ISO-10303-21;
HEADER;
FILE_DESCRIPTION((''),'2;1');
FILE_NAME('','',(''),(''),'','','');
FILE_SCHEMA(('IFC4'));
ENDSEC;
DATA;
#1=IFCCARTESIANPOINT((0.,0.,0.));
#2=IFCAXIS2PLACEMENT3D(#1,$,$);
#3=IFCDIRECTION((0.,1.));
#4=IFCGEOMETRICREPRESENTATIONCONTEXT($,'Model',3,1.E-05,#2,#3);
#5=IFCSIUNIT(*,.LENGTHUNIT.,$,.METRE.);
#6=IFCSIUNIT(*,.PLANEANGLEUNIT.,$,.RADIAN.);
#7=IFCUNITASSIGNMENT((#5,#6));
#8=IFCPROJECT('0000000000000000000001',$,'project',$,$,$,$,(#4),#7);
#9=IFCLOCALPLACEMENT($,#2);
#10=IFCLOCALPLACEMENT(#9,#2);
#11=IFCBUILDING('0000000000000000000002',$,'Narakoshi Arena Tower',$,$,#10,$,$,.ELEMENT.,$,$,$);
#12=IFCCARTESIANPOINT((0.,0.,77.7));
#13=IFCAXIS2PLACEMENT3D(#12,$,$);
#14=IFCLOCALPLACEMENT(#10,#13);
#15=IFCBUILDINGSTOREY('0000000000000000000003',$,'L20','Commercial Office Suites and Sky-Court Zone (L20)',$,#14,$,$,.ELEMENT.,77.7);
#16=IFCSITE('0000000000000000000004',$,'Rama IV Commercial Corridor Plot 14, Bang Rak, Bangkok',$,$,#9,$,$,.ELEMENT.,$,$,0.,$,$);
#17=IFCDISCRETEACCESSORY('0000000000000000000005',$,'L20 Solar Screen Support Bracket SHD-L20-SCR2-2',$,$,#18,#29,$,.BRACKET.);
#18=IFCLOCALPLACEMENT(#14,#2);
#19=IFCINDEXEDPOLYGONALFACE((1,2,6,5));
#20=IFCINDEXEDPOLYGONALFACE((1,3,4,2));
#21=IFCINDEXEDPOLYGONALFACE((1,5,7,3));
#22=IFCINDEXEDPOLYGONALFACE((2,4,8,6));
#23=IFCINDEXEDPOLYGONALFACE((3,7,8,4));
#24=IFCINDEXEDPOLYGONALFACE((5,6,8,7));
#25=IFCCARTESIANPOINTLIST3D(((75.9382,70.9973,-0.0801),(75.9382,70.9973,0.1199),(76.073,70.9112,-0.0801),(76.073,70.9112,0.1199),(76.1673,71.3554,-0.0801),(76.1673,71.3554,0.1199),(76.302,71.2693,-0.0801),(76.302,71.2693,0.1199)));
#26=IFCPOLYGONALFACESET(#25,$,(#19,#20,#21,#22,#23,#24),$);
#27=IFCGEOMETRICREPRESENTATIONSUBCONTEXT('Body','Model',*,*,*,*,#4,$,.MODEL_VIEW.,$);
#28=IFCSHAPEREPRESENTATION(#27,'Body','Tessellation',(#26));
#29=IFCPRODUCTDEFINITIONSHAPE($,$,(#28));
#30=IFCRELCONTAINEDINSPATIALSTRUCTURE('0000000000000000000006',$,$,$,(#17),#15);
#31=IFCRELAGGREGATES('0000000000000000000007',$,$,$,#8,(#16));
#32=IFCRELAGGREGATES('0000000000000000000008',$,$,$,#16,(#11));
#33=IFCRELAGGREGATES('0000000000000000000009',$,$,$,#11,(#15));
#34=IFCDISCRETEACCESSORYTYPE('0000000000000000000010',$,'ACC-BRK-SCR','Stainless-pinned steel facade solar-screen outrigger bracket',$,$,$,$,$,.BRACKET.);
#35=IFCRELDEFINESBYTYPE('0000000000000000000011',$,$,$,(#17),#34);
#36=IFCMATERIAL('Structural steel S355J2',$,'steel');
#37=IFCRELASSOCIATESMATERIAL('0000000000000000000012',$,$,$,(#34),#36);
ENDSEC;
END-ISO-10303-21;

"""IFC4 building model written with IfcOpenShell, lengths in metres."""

from ifc_helpers import new_model, si_unit, direction, frame, origin, origin_2d, place, context, subcontext, project, spatial, rectangle, extrude, material, type_object, element, save


model = new_model("IFC4")

# Units and contexts
model_context = context("Model", 3, precision=1e-05, world=origin(), true_north=direction((0.0, 1.0)))
body_context = subcontext(model_context, "Body", "Model", "MODEL_VIEW")
ifc_project = project(units=[si_unit("LENGTHUNIT", "METRE"), si_unit("PLANEANGLEUNIT", "RADIAN")], contexts=[model_context])

# Site, building, storey
site_placement = place(None, origin())
site = spatial("IfcSite", under=ifc_project, at=site_placement, Name="Rama IV Commercial Corridor Plot 14, Bang Rak, Bangkok", CompositionType="ELEMENT", RefElevation=0.0)
building_placement = place(site_placement, origin())
building = spatial("IfcBuilding", under=site, at=building_placement, Name="Narakoshi Arena Tower", CompositionType="ELEMENT")
storey_placement = place(building_placement, frame((0.0, 0.0, 77.7)))
storey = spatial("IfcBuildingStorey", under=building, at=storey_placement, Name="L20", Description="Commercial Office Suites and Sky-Court Zone (L20)", CompositionType="ELEMENT", Elevation=77.7)

# Discrete accessory
ifc_material_1 = material(Name="Structural steel S355J2", Category="steel")
discrete_accessory_type = type_object("IfcDiscreteAccessoryType", Name="ACC-BRK-SCR", Description="Stainless-pinned steel facade solar-screen outrigger bracket", PredefinedType="BRACKET", material=ifc_material_1)
discrete_accessory_placement = place(storey_placement, frame((76.1201, 71.1333, -0.0801), z_axis=(0.0, 0.0, 1.0), x_axis=(-0.842415, 0.53883, 0.0)))
element("IfcDiscreteAccessory", 1, at=discrete_accessory_placement, inside=storey, type_object=discrete_accessory_type, Name="L20 Solar Screen Support Bracket SHD-L20-SCR2-2", PredefinedType="BRACKET", context=body_context, shape_type="SweptSolid", body=[
    extrude(rectangle(XDim=0.1599, YDim=0.425, at=origin_2d()), origin(), (0.0, 0.0, 1.0), 0.2),
])

save(model, "model.ifc")
